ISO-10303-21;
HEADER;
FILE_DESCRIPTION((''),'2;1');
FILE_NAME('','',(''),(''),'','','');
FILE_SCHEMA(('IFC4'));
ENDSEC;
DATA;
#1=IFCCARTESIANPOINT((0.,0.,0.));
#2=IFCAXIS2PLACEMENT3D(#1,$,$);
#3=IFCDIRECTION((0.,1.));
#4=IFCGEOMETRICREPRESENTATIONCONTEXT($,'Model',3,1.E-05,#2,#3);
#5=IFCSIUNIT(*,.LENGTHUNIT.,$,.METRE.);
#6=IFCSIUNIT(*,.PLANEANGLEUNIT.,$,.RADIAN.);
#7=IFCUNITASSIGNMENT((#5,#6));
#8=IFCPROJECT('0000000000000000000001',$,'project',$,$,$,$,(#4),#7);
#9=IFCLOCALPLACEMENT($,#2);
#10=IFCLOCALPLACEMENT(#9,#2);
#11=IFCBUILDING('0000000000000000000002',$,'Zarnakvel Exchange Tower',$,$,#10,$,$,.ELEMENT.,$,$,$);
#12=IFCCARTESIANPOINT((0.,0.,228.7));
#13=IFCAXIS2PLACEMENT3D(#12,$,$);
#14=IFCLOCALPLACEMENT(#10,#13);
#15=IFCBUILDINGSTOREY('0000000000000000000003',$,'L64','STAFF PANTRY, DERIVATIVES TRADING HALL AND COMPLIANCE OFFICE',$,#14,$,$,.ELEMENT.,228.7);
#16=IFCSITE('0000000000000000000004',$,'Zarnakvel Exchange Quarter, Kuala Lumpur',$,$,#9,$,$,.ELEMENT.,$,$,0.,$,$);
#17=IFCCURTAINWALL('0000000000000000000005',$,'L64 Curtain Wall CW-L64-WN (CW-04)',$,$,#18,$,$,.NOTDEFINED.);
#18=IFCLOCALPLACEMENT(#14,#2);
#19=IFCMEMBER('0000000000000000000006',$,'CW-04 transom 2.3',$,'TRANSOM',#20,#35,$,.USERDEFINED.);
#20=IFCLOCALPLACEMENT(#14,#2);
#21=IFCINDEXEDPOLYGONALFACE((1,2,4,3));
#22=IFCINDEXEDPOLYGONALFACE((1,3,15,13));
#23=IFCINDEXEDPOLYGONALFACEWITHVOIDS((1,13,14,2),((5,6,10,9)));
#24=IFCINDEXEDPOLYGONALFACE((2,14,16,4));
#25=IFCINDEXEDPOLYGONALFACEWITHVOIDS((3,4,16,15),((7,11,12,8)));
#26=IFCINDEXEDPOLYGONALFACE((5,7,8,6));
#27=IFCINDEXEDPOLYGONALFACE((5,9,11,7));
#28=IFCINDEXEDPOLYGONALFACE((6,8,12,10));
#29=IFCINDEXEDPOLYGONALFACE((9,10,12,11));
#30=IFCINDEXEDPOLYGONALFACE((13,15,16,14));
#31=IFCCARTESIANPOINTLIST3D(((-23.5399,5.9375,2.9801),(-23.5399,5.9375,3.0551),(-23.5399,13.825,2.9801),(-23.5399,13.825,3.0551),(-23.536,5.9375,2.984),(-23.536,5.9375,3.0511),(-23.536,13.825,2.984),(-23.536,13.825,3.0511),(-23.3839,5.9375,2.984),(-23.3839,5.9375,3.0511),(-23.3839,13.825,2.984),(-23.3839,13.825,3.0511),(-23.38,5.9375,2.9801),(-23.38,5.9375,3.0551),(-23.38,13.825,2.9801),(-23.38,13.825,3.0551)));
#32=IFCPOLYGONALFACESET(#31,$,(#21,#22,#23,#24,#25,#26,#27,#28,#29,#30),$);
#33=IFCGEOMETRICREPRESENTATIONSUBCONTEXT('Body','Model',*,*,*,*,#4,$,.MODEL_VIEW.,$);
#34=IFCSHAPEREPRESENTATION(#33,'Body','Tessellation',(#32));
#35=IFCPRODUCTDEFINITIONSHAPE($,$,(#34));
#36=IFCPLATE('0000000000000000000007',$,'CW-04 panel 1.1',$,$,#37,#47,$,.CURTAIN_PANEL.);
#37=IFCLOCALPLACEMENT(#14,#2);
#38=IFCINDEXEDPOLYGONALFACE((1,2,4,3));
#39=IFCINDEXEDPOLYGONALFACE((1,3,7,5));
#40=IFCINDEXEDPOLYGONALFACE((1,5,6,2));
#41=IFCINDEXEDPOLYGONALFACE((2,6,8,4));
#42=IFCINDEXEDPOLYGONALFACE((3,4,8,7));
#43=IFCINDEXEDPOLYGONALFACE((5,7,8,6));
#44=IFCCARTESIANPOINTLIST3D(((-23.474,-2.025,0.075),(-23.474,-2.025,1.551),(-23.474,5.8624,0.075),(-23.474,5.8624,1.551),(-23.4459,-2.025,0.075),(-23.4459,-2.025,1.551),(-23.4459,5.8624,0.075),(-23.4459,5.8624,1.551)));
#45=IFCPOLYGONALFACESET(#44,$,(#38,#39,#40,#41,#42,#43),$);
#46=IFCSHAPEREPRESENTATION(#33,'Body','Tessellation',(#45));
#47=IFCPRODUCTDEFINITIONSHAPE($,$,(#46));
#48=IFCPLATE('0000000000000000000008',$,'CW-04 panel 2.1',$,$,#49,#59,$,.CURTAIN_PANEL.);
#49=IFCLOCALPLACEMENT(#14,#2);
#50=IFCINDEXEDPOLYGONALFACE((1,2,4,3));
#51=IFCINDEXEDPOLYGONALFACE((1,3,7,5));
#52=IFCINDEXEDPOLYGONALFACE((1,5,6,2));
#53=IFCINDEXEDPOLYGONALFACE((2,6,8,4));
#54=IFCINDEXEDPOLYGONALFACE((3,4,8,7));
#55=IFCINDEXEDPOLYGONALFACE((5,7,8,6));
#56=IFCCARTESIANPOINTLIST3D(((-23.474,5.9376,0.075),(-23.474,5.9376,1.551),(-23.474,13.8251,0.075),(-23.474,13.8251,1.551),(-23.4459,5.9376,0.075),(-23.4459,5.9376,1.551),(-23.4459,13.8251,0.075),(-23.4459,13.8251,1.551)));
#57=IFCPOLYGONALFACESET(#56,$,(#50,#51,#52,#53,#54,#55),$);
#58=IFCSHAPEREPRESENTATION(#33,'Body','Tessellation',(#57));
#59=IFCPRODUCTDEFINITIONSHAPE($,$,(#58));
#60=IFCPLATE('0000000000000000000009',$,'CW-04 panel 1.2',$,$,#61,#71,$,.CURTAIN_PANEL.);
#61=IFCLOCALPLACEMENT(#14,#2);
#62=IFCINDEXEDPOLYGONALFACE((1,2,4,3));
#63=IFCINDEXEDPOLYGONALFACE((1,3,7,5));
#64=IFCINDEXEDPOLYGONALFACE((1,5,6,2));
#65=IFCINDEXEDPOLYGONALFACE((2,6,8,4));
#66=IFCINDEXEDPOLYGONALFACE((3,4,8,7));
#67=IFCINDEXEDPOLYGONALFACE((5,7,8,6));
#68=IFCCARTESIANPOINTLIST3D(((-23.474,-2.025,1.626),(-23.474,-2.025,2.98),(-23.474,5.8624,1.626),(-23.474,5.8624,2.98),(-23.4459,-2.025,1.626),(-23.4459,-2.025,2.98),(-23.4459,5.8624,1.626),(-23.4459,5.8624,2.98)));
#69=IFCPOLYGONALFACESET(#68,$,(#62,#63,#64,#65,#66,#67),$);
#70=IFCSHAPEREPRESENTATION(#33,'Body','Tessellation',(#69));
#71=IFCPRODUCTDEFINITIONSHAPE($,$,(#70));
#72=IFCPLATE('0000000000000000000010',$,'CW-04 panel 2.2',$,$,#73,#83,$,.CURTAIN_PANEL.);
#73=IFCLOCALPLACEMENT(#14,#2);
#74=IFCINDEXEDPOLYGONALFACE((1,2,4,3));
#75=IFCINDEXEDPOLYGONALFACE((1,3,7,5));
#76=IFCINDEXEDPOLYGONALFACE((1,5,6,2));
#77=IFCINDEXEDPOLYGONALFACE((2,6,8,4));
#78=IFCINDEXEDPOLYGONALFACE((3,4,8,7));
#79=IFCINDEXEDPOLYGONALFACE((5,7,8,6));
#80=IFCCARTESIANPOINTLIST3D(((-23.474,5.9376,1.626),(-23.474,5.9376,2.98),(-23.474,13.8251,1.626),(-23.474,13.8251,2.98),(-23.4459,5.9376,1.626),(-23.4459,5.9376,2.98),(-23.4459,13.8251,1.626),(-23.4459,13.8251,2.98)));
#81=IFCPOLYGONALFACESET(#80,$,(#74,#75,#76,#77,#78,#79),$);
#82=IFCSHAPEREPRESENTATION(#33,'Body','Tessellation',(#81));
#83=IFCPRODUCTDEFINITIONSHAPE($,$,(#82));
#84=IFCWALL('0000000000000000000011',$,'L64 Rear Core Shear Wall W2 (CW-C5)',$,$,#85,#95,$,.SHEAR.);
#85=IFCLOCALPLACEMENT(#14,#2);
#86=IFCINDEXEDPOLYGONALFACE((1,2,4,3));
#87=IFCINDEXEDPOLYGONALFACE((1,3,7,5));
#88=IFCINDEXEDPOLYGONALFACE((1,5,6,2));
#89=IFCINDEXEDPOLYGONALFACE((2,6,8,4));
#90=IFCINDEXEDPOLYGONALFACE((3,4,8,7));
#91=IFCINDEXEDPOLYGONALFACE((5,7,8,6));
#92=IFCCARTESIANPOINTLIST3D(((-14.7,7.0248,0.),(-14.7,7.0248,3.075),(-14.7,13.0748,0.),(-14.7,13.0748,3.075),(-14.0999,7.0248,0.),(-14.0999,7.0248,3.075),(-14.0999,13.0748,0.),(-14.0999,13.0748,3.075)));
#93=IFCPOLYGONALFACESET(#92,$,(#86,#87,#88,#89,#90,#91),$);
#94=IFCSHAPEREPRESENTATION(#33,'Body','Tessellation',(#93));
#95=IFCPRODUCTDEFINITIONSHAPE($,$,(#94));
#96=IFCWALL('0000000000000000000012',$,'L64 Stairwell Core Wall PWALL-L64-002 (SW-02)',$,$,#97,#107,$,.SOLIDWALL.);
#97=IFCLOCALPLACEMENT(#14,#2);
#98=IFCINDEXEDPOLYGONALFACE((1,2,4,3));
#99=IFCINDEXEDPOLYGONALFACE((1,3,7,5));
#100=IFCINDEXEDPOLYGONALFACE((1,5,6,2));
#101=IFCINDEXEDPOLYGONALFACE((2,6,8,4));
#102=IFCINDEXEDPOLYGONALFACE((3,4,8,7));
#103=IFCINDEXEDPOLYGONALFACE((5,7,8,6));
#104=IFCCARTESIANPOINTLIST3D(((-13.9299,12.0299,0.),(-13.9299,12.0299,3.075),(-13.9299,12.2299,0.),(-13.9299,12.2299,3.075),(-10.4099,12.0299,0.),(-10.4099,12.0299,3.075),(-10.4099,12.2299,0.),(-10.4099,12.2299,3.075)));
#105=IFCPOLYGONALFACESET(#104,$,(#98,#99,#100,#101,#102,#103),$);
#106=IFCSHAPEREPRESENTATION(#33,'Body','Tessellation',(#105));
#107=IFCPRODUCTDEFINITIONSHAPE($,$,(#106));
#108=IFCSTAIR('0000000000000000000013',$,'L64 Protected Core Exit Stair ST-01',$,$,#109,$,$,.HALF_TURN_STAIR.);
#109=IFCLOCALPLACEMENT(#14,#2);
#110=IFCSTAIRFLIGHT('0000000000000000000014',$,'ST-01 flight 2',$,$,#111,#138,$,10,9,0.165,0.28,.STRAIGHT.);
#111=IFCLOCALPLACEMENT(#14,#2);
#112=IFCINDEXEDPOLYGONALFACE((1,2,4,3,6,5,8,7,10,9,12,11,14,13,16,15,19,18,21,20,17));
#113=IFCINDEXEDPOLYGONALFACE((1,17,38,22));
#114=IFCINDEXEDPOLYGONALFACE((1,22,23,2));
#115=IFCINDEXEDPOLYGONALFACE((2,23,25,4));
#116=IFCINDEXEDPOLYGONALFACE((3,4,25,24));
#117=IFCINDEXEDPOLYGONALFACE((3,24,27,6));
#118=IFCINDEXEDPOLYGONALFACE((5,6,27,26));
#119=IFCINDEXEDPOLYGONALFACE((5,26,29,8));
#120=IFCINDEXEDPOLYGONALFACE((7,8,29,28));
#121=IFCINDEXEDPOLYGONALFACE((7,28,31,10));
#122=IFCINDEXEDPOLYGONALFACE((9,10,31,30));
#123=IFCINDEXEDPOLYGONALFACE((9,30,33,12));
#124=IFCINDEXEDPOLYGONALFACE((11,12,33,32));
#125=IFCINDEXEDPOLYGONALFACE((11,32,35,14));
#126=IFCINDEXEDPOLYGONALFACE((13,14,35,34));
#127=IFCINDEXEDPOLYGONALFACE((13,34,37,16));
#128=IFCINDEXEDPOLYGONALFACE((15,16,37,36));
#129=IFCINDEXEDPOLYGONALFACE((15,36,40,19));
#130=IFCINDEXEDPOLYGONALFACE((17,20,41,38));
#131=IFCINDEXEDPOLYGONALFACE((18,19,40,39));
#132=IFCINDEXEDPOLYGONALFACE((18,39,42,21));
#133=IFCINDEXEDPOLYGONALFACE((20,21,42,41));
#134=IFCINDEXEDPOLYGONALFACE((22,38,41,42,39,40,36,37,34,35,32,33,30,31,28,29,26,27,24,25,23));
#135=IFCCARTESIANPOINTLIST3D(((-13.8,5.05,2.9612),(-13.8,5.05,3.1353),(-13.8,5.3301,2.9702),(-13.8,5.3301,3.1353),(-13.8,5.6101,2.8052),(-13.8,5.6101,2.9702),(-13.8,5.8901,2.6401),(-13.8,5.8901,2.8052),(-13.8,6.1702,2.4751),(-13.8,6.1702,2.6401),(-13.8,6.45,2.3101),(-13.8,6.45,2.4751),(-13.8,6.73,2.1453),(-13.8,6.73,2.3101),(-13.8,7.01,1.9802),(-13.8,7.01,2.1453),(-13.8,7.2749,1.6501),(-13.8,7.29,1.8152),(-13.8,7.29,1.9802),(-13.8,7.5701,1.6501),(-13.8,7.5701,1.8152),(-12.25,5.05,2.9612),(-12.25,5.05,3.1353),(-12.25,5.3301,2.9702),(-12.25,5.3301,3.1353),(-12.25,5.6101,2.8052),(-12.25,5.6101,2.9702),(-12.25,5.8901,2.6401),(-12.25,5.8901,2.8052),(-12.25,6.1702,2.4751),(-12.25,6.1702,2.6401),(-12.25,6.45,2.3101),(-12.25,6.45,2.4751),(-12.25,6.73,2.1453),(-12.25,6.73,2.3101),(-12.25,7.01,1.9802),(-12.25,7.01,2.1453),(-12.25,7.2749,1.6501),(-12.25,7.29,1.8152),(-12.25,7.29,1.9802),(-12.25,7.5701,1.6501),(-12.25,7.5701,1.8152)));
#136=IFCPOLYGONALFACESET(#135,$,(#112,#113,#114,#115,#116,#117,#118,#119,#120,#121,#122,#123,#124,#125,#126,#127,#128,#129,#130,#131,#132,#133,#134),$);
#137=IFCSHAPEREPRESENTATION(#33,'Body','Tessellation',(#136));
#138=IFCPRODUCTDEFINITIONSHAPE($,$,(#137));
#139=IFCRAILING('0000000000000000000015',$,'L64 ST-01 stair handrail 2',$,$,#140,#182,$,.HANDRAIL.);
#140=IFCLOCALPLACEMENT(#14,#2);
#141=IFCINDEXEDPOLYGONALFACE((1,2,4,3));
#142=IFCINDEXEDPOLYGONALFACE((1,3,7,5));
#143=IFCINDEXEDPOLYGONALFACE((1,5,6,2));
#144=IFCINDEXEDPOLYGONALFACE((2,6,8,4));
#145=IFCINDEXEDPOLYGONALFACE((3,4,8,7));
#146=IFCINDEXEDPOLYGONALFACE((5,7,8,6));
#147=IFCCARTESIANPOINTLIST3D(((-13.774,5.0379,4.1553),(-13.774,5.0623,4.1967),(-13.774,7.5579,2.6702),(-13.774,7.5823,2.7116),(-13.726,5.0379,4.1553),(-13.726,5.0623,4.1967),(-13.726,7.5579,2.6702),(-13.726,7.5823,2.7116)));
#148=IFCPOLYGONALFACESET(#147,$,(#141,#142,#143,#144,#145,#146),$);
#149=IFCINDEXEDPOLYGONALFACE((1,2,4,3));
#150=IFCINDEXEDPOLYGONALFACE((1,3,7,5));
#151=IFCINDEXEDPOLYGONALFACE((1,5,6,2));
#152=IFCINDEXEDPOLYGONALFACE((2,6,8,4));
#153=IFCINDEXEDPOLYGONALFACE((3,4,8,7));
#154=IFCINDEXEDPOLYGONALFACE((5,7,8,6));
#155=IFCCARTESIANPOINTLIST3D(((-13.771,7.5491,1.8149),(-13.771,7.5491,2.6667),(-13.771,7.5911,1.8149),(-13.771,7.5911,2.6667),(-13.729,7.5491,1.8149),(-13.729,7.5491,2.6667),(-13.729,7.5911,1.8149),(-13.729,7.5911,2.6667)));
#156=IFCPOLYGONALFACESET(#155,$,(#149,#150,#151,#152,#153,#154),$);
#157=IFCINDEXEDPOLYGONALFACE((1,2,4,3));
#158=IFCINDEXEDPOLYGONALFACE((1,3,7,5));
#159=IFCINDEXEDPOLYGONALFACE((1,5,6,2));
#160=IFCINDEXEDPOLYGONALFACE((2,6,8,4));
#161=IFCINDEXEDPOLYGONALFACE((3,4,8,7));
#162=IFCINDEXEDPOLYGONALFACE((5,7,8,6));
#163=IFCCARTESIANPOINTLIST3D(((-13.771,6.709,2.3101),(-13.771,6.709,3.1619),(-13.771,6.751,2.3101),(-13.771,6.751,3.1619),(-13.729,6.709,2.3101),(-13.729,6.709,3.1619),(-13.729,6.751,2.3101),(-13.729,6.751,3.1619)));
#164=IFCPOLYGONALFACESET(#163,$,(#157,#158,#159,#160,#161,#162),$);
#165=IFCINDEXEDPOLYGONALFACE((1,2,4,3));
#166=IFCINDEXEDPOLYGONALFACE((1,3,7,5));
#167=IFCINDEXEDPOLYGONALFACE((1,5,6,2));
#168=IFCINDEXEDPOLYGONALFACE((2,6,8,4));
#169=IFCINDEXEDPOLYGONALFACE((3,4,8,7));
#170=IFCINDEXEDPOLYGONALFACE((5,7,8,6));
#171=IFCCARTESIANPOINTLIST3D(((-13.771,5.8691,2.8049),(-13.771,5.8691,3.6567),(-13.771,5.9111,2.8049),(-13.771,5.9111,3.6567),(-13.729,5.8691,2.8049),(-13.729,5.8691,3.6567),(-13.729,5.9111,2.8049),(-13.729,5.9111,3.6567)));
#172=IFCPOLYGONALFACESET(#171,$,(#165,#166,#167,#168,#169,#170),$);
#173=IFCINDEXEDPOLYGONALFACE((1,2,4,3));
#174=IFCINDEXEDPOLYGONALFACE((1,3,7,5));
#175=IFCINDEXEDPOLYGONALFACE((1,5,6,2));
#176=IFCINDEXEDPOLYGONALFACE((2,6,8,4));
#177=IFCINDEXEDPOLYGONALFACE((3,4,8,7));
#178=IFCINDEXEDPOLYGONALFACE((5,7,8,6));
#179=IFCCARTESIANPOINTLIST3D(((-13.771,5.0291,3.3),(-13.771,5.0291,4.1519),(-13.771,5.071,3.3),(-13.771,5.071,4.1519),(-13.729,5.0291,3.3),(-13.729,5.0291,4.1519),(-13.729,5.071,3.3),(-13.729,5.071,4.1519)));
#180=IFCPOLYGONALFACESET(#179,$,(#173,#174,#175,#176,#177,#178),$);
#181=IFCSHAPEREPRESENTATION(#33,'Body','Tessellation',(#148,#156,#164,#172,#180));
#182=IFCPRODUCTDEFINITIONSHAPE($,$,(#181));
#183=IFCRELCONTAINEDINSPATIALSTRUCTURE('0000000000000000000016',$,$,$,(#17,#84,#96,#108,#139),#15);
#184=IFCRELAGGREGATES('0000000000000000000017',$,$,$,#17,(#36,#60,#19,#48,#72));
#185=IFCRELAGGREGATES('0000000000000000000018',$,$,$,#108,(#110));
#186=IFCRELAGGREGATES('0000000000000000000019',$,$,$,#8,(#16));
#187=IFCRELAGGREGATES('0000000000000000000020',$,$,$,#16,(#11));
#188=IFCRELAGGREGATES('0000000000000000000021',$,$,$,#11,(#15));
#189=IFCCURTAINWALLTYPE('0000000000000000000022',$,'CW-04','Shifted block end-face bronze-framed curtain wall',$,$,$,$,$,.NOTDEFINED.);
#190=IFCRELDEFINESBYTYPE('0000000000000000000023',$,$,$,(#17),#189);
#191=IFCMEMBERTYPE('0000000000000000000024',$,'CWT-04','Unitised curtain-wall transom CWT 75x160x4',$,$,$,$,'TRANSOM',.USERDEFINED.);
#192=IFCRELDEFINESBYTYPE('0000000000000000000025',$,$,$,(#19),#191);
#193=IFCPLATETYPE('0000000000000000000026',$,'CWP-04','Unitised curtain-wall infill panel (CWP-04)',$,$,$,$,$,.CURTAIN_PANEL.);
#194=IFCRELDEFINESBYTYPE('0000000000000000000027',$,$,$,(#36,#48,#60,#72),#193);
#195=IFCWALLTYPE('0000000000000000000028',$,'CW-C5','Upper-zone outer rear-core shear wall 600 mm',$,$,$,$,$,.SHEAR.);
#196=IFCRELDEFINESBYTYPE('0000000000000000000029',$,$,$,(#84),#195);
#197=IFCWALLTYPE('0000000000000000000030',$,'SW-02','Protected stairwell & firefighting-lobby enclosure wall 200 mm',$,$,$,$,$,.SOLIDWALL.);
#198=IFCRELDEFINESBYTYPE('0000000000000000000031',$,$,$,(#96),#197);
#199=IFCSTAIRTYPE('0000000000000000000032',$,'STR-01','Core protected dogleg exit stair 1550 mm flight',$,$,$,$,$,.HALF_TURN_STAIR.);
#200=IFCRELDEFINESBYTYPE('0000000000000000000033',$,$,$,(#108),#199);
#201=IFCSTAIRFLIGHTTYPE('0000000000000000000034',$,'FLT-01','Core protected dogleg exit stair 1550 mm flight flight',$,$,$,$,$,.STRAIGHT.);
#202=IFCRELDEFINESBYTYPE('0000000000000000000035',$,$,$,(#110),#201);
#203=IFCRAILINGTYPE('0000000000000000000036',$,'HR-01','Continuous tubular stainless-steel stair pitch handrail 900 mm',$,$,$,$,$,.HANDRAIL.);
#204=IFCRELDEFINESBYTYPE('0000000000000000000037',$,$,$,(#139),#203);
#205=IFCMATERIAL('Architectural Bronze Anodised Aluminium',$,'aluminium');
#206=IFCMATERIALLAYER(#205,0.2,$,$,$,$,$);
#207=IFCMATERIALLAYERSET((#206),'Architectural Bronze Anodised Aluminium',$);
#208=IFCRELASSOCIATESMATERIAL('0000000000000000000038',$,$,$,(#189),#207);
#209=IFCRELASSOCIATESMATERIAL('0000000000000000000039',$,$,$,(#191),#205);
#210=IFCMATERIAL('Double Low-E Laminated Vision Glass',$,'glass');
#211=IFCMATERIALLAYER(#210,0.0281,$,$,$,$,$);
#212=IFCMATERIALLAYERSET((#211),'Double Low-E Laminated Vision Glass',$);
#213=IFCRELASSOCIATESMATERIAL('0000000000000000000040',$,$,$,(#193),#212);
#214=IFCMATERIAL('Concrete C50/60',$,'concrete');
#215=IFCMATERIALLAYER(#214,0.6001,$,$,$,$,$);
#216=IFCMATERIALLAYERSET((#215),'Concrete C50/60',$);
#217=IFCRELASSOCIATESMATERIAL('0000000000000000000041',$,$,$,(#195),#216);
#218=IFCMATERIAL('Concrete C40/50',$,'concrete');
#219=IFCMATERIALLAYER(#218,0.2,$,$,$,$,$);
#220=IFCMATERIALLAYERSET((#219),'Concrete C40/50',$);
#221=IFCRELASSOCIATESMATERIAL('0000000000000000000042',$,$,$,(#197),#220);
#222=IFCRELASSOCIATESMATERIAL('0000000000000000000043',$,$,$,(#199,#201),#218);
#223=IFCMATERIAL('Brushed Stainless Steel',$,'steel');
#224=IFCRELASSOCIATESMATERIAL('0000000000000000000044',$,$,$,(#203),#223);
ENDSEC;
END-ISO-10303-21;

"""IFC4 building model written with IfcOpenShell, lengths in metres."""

from ifc_helpers import new_model, si_unit, direction, frame, frame_2d, origin, origin_2d, place, context, subcontext, project, spatial, polyline, rectangle, hollow_rectangle, outline, extrude, source, transform, mapped, material, layer, layer_set, material_profile, profile_set, type_object, element, aggregate, save


model = new_model("IFC4")

# Units and contexts
model_context = context("Model", 3, precision=1e-05, world=origin(), true_north=direction((0.0, 1.0)))
body_context = subcontext(model_context, "Body", "Model", "MODEL_VIEW")
ifc_project = project(units=[si_unit("LENGTHUNIT", "METRE"), si_unit("PLANEANGLEUNIT", "RADIAN")], contexts=[model_context])

# Site, building, storey
site_placement = place(None, origin())
site = spatial("IfcSite", under=ifc_project, at=site_placement, Name="Zarnakvel Exchange Quarter, Kuala Lumpur", CompositionType="ELEMENT", RefElevation=0.0)
building_placement = place(site_placement, origin())
building = spatial("IfcBuilding", under=site, at=building_placement, Name="Zarnakvel Exchange Tower", CompositionType="ELEMENT")
storey_placement = place(building_placement, frame((0.0, 0.0, 228.7)))
storey = spatial("IfcBuildingStorey", under=building, at=storey_placement, Name="L64", Description="STAFF PANTRY, DERIVATIVES TRADING HALL AND COMPLIANCE OFFICE", CompositionType="ELEMENT", Elevation=228.7)

# Shared definitions
ifc_material_1 = material(Name="Concrete C50/60", Category="concrete")

# Curtain wall, member, plates
ifc_material_2 = material(Name="Architectural Bronze Anodised Aluminium", Category="aluminium")
ifc_layer_1 = layer(ifc_material_2, 0.2)
ifc_layer_set_1 = layer_set([ifc_layer_1], Name="Architectural Bronze Anodised Aluminium")
curtain_wall_type = type_object("IfcCurtainWallType", Name="CW-04", Description="Shifted block end-face bronze-framed curtain wall", PredefinedType="NOTDEFINED", material=ifc_layer_set_1)
curtain_wall_placement = place(storey_placement, origin())
curtain_wall = element("IfcCurtainWall", 1, at=curtain_wall_placement, inside=storey, type_object=curtain_wall_type, Name="L64 Curtain Wall CW-L64-WN (CW-04)", PredefinedType="NOTDEFINED")
ifc_material_profile_1 = material_profile(ifc_material_2, hollow_rectangle(XDim=0.1599, YDim=0.075, WallThickness=0.0039, at=origin_2d()))
ifc_profile_set_1 = profile_set([ifc_material_profile_1], Name="Architectural Bronze Anodised Aluminium")
member_type_1 = type_object("IfcMemberType", Name="CWT-04", Description="Unitised curtain-wall transom CWT 75x160x4", ElementType="TRANSOM", PredefinedType="USERDEFINED", material=ifc_profile_set_1)
shared_shape_1 = source(origin(), body_context, "Body", "SweptSolid", [
    extrude(hollow_rectangle(XDim=0.1599, YDim=0.075, WallThickness=0.0039, at=origin_2d()), origin(), (0.0, 0.0, 1.0), 7.8875),
])
member_1_placement = place(storey_placement, frame((-23.46, 5.9375, 3.0176), z_axis=(0.0, 1.0, 0.0), x_axis=(-1.0, 0.0, 0.0)))
member_1 = element("IfcMember", 2, at=member_1_placement, type_object=member_type_1, Name="CW-04 transom 2.3", ObjectType="TRANSOM", PredefinedType="USERDEFINED", context=body_context, shape_type="MappedRepresentation", body=[
    mapped(shared_shape_1, transform((0.0, 0.0, 0.0), x_axis=(1.0, 0.0, 0.0), y_axis=(0.0, 1.0, 0.0), z_axis=(0.0, 0.0, 1.0), scale=1.0)),
])
ifc_material_3 = material(Name="Double Low-E Laminated Vision Glass", Category="glass")
ifc_layer_2 = layer(ifc_material_3, 0.0281)
ifc_layer_set_2 = layer_set([ifc_layer_2], Name="Double Low-E Laminated Vision Glass")
plate_type = type_object("IfcPlateType", Name="CWP-04", Description="Unitised curtain-wall infill panel (CWP-04)", PredefinedType="CURTAIN_PANEL", material=ifc_layer_set_2)
shared_shape_2 = source(origin(), body_context, "Body", "SweptSolid", [
    extrude(rectangle(XDim=7.8875, YDim=0.0281, at=origin_2d()), origin(), (0.0, 0.0, 1.0), 1.4761),
])
plate_1_placement = place(storey_placement, frame((-23.46, 1.9187, 0.075), z_axis=(0.0, 0.0, 1.0), x_axis=(0.0, 1.0, 0.0)))
plate_1 = element("IfcPlate", 3, at=plate_1_placement, type_object=plate_type, Name="CW-04 panel 1.1", PredefinedType="CURTAIN_PANEL", context=body_context, shape_type="MappedRepresentation", body=[
    mapped(shared_shape_2, transform((0.0, 0.0, 0.0), x_axis=(1.0, 0.0, 0.0), y_axis=(0.0, 1.0, 0.0), z_axis=(0.0, 0.0, 1.0), scale=1.0)),
])
plate_2_placement = place(storey_placement, frame((-23.46, 9.8813, 0.075), z_axis=(0.0, 0.0, 1.0), x_axis=(0.0, 1.0, 0.0)))
plate_2 = element("IfcPlate", 4, at=plate_2_placement, type_object=plate_type, Name="CW-04 panel 2.1", PredefinedType="CURTAIN_PANEL", context=body_context, shape_type="MappedRepresentation", body=[
    mapped(shared_shape_2, transform((0.0, 0.0, 0.0), x_axis=(1.0, 0.0, 0.0), y_axis=(0.0, 1.0, 0.0), z_axis=(0.0, 0.0, 1.0), scale=1.0)),
])
shared_shape_3 = source(origin(), body_context, "Body", "SweptSolid", [
    extrude(rectangle(XDim=7.8875, YDim=0.0281, at=origin_2d()), origin(), (0.0, 0.0, 1.0), 1.354),
])
plate_3_placement = place(storey_placement, frame((-23.46, 1.9187, 1.626), z_axis=(0.0, 0.0, 1.0), x_axis=(0.0, 1.0, 0.0)))
plate_3 = element("IfcPlate", 5, at=plate_3_placement, type_object=plate_type, Name="CW-04 panel 1.2", PredefinedType="CURTAIN_PANEL", context=body_context, shape_type="MappedRepresentation", body=[
    mapped(shared_shape_3, transform((0.0, 0.0, 0.0), x_axis=(1.0, 0.0, 0.0), y_axis=(0.0, 1.0, 0.0), z_axis=(0.0, 0.0, 1.0), scale=1.0)),
])
plate_4_placement = place(storey_placement, frame((-23.46, 9.8813, 1.626), z_axis=(0.0, 0.0, 1.0), x_axis=(0.0, 1.0, 0.0)))
plate_4 = element("IfcPlate", 6, at=plate_4_placement, type_object=plate_type, Name="CW-04 panel 2.2", PredefinedType="CURTAIN_PANEL", context=body_context, shape_type="MappedRepresentation", body=[
    mapped(shared_shape_3, transform((0.0, 0.0, 0.0), x_axis=(1.0, 0.0, 0.0), y_axis=(0.0, 1.0, 0.0), z_axis=(0.0, 0.0, 1.0), scale=1.0)),
])
aggregate(curtain_wall, [plate_1, plate_3, member_1, plate_2, plate_4])

# Walls
ifc_layer_3 = layer(ifc_material_1, 0.6001)
ifc_layer_set_3 = layer_set([ifc_layer_3], Name="Concrete C50/60")
wall_type_1 = type_object("IfcWallType", Name="CW-C5", Description="Upper-zone outer rear-core shear wall 600 mm", PredefinedType="SHEAR", material=ifc_layer_set_3)
wall_1_placement = place(storey_placement, frame((-14.3999, 7.0249, 0.0), z_axis=(0.0, 0.0, 1.0), x_axis=(0.0, 1.0, 0.0)))
element("IfcWall", 7, at=wall_1_placement, inside=storey, type_object=wall_type_1, Name="L64 Rear Core Shear Wall W2 (CW-C5)", PredefinedType="SHEAR", context=body_context, shape_type="SweptSolid", body=[
    extrude(rectangle(XDim=6.05, YDim=0.6001, at=frame_2d((3.0249, 0.0))), origin(), (0.0, 0.0, 1.0), 3.075),
])
ifc_material_4 = material(Name="Concrete C40/50", Category="concrete")
ifc_layer_4 = layer(ifc_material_4, 0.2)
ifc_layer_set_4 = layer_set([ifc_layer_4], Name="Concrete C40/50")
wall_type_2 = type_object("IfcWallType", Name="SW-02", Description="Protected stairwell & firefighting-lobby enclosure wall 200 mm", PredefinedType="SOLIDWALL", material=ifc_layer_set_4)
wall_2_placement = place(storey_placement, frame((-13.9299, 12.1299, 0.0), z_axis=(0.0, 0.0, 1.0), x_axis=(1.0, 0.0, 0.0)))
element("IfcWall", 8, at=wall_2_placement, inside=storey, type_object=wall_type_2, Name="L64 Stairwell Core Wall PWALL-L64-002 (SW-02)", PredefinedType="SOLIDWALL", context=body_context, shape_type="SweptSolid", body=[
    extrude(rectangle(XDim=3.52, YDim=0.2, at=frame_2d((1.76, 0.0))), origin(), (0.0, 0.0, 1.0), 3.075),
])

# Stair, stair flight
stair_type = type_object("IfcStairType", Name="STR-01", Description="Core protected dogleg exit stair 1550 mm flight", PredefinedType="HALF_TURN_STAIR", material=ifc_material_4)
stair_placement = place(storey_placement, origin())
stair = element("IfcStair", 9, at=stair_placement, inside=storey, type_object=stair_type, Name="L64 Protected Core Exit Stair ST-01", PredefinedType="HALF_TURN_STAIR")
stair_flight_type = type_object("IfcStairFlightType", Name="FLT-01", Description="Core protected dogleg exit stair 1550 mm flight flight", PredefinedType="STRAIGHT", material=ifc_material_4)
stair_flight_placement = place(storey_placement, frame((-13.0249, 7.5701, 1.6501), z_axis=(0.0, 0.0, 1.0), x_axis=(0.0, -1.0, 0.0)))
stair_flight = element("IfcStairFlight", 10, at=stair_flight_placement, type_object=stair_flight_type, Name="ST-01 flight 2", NumberOfRisers=10, NumberOfTreads=9, PredefinedType="STRAIGHT", RiserHeight=0.165, TreadLength=0.28, context=body_context, shape_type="SweptSolid", body=[
    extrude(outline(polyline([(0.0, 0.0), (0.0, 0.165), (0.28, 0.165), (0.28, 0.3301), (0.5601, 0.3301), (0.5601, 0.4951), (0.8401, 0.4951), (0.8401, 0.6599), (1.1201, 0.6599), (1.1201, 0.825), (1.3999, 0.825), (1.3999, 0.99), (1.6799, 0.99), (1.6799, 1.155), (1.96, 1.155), (1.96, 1.3201), (2.24, 1.3201), (2.24, 1.4851), (2.52, 1.4851), (2.52, 1.6499), (2.52, 1.311), (0.2952, 0.0), (0.0, 0.0)])), frame((0.0, 0.7749, 0.0), z_axis=(0.0, -1.0, 0.0), x_axis=(1.0, 0.0, 0.0)), (0.0, 0.0, 1.0), 1.55),
])
aggregate(stair, [stair_flight])

# Railing
ifc_material_5 = material(Name="Brushed Stainless Steel", Category="steel")
railing_type_1 = type_object("IfcRailingType", Name="HR-01", Description="Continuous tubular stainless-steel stair pitch handrail 900 mm", PredefinedType="HANDRAIL", material=ifc_material_5)
railing_1_placement = place(storey_placement, frame((-13.75, 7.5701, 1.8149)))
element("IfcRailing", 11, at=railing_1_placement, inside=storey, type_object=railing_type_1, Name="L64 ST-01 stair handrail 2", PredefinedType="HANDRAIL", context=body_context, shape_type="SweptSolid", body=[
    extrude(rectangle(XDim=0.0481, YDim=0.0481, at=origin_2d()), frame((0.0, 0.0, 0.876), z_axis=(0.0, -0.861524, 0.507717), x_axis=(1.0, 0.0, 0.0)), (0.0, 0.0, 1.0), 2.925),
    extrude(rectangle(XDim=0.042, YDim=0.042, at=origin_2d()), origin(), (0.0, 0.0, 1.0), 0.8518),
    extrude(rectangle(XDim=0.042, YDim=0.042, at=origin_2d()), frame((0.0, -0.8401, 0.4951)), (0.0, 0.0, 1.0), 0.8518),
    extrude(rectangle(XDim=0.042, YDim=0.042, at=origin_2d()), frame((0.0, -1.6799, 0.99)), (0.0, 0.0, 1.0), 0.8518),
    extrude(rectangle(XDim=0.042, YDim=0.042, at=origin_2d()), frame((0.0, -2.52, 1.4851)), (0.0, 0.0, 1.0), 0.8518),
])

save(model, "model.ifc")
